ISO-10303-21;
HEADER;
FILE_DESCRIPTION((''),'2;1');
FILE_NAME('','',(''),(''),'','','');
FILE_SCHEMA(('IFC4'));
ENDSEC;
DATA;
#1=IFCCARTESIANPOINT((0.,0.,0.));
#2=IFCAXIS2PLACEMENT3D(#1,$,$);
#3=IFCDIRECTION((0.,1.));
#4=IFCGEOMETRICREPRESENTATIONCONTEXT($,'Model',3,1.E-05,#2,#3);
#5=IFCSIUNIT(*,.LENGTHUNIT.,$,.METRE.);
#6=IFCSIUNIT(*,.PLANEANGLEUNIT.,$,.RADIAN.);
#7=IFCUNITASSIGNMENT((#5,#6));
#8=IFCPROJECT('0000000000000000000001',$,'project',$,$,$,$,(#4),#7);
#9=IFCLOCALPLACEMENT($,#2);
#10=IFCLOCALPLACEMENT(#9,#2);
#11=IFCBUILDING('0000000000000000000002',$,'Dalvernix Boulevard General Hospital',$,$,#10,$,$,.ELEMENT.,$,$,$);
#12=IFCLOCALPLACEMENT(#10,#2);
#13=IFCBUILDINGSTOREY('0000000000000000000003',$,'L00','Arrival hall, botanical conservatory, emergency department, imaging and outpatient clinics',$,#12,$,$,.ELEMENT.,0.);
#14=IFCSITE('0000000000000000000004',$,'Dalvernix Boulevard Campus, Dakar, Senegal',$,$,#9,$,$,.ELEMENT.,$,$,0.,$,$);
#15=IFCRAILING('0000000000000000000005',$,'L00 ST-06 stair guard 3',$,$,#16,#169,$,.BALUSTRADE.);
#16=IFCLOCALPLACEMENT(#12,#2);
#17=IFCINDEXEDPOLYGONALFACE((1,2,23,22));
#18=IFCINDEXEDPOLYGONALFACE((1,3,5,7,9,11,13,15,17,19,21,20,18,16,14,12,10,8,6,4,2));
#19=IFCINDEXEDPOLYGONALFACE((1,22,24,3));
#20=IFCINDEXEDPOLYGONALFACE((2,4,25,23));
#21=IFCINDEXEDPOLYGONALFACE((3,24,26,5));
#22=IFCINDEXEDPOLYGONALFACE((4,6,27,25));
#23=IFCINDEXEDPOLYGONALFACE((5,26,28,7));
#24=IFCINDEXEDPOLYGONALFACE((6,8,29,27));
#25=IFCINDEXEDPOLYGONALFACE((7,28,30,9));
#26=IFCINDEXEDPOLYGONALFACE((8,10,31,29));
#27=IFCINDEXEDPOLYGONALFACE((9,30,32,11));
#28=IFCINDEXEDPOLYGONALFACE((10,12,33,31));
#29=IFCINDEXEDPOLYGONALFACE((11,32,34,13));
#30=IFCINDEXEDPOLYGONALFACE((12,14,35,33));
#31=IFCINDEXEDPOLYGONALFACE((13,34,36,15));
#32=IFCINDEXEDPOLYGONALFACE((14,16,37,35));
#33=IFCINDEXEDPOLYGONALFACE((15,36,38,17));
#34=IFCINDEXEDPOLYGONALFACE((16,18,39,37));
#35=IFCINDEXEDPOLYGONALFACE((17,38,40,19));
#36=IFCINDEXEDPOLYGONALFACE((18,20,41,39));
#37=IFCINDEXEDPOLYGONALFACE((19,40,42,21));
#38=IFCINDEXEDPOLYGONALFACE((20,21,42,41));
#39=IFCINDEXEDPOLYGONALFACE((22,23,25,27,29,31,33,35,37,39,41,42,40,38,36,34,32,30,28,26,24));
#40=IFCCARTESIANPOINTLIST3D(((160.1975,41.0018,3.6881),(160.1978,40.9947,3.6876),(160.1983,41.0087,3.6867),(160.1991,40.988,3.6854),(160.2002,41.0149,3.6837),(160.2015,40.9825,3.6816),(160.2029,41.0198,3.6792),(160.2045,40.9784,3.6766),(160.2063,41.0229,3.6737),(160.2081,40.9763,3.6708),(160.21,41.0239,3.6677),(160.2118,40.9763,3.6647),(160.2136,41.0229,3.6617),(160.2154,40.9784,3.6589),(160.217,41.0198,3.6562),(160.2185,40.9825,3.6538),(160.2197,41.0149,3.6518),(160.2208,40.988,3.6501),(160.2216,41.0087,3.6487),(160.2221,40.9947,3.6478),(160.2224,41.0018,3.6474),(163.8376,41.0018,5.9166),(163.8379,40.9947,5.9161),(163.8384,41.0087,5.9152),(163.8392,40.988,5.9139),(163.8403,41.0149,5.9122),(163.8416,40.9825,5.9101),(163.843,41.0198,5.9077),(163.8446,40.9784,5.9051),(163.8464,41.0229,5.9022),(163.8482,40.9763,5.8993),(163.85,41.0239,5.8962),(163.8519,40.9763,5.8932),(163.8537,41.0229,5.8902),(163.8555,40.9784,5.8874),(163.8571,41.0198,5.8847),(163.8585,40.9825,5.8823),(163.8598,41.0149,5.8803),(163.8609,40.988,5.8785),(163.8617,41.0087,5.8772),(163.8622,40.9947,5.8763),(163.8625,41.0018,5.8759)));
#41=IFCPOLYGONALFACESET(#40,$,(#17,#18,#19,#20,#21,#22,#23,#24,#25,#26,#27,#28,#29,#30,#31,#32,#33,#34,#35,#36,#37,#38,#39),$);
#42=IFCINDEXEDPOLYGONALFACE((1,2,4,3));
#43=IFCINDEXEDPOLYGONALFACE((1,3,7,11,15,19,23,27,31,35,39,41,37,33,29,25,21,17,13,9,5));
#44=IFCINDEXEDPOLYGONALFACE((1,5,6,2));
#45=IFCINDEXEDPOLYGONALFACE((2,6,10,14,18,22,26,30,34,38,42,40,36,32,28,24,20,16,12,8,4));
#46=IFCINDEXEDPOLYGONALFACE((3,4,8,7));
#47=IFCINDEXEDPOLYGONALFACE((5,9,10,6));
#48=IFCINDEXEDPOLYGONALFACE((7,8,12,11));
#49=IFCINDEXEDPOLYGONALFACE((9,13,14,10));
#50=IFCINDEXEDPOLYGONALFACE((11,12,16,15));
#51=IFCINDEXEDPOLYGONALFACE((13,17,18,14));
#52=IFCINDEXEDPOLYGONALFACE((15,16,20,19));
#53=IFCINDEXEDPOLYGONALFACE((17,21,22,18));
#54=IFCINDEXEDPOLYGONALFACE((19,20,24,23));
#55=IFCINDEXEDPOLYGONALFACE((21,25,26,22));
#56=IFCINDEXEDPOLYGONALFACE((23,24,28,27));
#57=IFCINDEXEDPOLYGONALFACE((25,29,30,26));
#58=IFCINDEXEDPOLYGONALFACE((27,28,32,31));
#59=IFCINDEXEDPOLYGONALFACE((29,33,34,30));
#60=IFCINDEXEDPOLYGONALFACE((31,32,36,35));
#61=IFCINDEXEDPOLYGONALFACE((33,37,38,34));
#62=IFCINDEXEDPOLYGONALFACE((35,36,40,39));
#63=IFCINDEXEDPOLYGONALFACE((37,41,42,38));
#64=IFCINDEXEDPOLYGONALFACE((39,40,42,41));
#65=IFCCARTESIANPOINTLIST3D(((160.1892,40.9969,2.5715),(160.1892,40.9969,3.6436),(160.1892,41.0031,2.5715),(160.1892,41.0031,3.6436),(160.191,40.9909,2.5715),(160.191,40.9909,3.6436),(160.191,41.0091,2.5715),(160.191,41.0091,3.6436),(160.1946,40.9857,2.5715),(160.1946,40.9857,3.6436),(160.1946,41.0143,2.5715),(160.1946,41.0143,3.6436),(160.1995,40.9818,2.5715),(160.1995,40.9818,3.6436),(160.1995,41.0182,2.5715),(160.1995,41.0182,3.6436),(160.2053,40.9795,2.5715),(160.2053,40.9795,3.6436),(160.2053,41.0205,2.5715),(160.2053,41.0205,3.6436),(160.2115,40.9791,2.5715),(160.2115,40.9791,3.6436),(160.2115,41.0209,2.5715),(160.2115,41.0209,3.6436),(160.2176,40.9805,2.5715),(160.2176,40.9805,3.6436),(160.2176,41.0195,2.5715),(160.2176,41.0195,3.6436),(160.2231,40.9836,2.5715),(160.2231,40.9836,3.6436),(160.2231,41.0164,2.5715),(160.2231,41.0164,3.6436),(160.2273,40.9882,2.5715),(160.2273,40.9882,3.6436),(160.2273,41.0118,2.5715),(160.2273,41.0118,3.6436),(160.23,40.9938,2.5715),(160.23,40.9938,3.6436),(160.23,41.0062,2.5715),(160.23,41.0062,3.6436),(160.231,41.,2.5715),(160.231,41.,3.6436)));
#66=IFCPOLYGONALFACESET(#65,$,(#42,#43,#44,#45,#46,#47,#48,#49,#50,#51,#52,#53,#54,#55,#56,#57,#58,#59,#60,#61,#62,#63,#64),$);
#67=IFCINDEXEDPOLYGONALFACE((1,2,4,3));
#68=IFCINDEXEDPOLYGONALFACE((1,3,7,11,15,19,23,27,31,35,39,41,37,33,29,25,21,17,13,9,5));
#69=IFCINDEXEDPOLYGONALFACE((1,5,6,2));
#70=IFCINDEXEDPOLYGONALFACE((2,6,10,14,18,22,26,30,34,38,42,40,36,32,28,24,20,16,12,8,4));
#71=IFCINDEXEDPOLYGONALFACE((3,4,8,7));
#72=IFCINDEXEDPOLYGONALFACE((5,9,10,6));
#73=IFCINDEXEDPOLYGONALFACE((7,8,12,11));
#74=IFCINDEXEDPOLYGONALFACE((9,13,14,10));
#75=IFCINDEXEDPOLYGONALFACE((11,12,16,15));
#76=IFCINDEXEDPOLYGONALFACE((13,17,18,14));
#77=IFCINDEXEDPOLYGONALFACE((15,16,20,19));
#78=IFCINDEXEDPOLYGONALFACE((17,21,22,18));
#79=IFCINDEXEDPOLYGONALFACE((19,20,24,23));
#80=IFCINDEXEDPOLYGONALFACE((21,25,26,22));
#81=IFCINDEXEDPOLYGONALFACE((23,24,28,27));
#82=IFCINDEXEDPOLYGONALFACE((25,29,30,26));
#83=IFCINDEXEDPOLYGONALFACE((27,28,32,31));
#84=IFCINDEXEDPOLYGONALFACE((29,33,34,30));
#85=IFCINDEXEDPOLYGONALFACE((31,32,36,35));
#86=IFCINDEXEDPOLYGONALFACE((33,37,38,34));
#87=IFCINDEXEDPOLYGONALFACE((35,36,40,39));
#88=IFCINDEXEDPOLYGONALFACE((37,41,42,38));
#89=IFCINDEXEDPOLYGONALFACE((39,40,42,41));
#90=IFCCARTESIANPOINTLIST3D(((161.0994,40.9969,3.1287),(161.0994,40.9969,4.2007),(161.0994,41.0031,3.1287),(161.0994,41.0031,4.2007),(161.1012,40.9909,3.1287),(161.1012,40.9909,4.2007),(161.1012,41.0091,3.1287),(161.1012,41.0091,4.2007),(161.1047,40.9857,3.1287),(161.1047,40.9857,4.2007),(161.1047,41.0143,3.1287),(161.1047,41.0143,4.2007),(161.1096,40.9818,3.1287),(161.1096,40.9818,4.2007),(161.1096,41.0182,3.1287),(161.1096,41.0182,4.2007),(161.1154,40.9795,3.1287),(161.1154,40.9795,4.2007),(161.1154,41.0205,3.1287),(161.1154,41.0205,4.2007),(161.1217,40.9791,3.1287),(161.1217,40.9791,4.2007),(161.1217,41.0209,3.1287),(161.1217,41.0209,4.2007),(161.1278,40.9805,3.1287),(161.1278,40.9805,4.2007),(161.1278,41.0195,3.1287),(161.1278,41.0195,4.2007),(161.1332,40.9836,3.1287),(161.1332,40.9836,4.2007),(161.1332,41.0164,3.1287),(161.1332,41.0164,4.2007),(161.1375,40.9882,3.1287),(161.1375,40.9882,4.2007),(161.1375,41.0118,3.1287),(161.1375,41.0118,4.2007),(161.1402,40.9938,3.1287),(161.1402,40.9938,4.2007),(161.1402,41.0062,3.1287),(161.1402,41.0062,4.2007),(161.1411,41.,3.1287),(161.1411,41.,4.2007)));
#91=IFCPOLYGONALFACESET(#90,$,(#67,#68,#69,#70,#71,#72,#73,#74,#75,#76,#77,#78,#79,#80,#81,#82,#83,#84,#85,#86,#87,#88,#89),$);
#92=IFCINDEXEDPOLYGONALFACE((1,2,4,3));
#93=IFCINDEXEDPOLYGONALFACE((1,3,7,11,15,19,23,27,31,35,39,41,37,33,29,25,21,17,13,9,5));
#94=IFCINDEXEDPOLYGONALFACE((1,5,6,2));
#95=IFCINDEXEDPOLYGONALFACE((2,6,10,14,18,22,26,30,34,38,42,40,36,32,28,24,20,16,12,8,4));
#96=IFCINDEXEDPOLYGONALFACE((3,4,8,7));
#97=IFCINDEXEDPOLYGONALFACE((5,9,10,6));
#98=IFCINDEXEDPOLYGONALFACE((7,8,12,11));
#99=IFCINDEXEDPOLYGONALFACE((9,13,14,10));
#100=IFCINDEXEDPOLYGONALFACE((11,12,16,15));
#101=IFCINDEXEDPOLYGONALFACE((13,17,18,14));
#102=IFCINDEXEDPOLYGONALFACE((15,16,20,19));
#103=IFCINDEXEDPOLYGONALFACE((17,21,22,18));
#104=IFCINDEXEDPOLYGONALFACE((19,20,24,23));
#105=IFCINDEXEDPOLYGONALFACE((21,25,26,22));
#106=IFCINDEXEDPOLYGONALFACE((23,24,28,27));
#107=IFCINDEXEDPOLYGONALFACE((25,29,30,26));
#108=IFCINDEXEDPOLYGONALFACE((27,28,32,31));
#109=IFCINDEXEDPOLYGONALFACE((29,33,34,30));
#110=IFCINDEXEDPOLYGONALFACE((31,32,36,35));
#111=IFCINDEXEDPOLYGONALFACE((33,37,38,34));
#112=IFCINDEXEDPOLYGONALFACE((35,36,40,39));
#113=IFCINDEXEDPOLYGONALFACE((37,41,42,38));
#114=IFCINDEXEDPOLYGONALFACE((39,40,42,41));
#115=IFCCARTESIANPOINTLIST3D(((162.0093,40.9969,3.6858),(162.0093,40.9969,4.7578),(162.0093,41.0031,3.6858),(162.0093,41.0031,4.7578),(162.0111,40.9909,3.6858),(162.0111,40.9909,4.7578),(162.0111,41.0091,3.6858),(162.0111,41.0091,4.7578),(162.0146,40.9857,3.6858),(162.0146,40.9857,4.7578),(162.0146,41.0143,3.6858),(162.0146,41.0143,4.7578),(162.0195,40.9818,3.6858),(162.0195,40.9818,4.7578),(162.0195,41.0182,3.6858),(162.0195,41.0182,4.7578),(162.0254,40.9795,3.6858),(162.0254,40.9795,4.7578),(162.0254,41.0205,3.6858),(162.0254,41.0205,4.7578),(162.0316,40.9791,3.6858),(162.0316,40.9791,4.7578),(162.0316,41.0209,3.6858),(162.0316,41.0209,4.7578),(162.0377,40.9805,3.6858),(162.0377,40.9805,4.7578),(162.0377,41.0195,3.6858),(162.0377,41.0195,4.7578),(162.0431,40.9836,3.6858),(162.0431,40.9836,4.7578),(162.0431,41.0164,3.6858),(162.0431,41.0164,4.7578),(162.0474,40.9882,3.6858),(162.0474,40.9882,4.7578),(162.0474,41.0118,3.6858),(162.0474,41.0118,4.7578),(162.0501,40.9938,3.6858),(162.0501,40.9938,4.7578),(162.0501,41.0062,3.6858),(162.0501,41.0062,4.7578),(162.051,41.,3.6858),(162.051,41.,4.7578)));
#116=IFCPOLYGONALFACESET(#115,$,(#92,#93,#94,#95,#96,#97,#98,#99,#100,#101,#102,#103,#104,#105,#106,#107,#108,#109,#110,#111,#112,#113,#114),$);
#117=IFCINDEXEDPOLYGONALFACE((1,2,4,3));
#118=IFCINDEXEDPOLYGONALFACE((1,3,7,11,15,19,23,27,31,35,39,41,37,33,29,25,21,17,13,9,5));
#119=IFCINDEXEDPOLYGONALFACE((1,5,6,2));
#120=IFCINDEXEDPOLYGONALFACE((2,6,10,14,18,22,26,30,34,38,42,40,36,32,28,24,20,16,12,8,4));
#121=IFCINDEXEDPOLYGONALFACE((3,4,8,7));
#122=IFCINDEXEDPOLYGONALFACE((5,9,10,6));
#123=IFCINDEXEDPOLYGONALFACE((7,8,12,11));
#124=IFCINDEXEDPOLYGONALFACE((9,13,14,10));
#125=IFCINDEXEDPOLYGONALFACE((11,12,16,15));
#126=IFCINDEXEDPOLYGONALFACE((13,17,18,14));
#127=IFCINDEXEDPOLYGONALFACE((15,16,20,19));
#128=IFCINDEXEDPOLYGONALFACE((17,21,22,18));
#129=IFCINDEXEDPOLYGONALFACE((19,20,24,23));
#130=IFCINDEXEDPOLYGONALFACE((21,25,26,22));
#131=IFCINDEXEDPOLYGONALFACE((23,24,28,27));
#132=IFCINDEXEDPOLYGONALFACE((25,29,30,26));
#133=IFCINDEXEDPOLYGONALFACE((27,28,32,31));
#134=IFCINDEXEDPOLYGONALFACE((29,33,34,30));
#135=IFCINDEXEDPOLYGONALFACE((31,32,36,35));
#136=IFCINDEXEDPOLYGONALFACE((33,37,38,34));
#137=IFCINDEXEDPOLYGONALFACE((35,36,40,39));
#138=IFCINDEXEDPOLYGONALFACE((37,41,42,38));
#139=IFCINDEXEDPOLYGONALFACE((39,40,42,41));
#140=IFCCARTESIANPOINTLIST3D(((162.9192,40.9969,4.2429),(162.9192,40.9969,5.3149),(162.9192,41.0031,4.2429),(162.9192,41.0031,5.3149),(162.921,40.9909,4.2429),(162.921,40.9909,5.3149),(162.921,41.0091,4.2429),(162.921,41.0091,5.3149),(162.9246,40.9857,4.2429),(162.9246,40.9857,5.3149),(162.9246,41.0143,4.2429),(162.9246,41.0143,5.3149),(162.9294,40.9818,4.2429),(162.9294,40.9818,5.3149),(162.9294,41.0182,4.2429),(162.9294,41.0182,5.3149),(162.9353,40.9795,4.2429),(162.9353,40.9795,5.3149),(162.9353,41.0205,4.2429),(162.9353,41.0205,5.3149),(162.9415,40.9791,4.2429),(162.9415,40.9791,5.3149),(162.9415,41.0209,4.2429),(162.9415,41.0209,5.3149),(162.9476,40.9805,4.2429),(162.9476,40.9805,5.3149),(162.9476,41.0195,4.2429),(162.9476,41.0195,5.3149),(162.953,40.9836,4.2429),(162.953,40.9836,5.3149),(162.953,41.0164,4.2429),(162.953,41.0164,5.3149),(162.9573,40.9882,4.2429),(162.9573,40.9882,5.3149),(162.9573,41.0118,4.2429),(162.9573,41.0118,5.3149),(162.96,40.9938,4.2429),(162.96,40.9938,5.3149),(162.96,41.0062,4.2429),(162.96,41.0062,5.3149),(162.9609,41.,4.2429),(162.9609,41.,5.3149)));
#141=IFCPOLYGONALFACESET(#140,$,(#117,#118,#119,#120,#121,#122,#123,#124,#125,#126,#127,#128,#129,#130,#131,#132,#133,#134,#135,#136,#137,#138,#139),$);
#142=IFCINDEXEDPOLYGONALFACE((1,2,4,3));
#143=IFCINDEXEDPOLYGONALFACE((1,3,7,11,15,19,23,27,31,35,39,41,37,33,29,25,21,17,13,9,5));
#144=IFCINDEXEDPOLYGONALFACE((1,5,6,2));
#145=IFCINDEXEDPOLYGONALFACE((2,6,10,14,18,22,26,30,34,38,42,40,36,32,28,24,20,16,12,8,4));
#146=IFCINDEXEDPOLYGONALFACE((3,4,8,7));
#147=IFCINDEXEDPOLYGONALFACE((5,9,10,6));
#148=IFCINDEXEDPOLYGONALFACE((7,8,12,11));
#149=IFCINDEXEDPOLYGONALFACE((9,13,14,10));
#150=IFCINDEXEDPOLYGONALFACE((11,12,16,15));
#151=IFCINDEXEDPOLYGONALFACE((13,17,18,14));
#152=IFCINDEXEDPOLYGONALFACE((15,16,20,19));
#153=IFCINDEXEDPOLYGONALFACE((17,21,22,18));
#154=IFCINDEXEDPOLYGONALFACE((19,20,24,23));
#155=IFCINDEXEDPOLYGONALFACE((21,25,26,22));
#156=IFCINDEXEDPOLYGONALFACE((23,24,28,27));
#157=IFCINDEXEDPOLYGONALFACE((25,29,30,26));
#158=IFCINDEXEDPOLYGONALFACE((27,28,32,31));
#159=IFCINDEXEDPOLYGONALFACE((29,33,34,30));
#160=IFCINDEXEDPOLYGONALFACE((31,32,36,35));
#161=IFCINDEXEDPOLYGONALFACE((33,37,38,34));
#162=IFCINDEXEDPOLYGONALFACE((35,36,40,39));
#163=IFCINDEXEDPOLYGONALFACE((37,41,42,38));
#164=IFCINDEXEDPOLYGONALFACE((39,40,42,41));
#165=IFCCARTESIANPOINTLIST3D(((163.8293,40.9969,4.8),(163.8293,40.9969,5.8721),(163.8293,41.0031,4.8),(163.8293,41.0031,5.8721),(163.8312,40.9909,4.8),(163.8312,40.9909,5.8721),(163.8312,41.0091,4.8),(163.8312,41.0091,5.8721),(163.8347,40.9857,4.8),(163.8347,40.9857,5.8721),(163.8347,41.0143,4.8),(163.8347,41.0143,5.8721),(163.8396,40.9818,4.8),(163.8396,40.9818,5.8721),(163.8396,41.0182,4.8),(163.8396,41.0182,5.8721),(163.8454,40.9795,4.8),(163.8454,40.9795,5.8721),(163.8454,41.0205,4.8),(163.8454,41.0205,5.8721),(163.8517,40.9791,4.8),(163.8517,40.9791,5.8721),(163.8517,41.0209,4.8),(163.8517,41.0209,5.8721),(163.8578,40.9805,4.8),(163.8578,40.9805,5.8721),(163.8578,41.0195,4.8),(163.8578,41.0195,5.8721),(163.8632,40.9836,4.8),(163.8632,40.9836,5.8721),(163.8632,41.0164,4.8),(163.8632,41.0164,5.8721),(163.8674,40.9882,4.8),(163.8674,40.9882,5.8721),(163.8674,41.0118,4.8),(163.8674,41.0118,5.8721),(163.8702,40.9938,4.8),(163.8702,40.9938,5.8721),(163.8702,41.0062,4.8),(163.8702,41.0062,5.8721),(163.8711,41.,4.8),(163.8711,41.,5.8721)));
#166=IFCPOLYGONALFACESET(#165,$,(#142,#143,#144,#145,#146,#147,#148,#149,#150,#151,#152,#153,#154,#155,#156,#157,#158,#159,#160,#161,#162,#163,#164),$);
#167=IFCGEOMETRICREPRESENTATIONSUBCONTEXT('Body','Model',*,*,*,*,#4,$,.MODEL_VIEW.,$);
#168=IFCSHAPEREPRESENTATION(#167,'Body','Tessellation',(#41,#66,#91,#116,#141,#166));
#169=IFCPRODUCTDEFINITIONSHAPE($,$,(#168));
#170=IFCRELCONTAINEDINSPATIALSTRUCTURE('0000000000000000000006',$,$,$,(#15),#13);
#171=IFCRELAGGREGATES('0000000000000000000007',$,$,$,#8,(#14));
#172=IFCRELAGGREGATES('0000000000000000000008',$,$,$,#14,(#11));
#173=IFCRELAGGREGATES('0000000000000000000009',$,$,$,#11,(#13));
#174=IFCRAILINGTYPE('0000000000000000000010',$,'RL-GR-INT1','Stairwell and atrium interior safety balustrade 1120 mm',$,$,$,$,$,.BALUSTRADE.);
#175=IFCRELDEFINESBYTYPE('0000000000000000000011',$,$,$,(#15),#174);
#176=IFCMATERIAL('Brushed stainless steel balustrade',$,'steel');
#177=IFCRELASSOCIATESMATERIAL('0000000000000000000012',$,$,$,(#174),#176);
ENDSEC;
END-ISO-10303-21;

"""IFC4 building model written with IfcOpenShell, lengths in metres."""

from ifc_helpers import new_model, si_unit, direction, frame, origin, origin_2d, place, context, subcontext, project, spatial, circle, extrude, material, type_object, element, save


model = new_model("IFC4")

# Units and contexts
model_context = context("Model", 3, precision=1e-05, world=origin(), true_north=direction((0.0, 1.0)))
body_context = subcontext(model_context, "Body", "Model", "MODEL_VIEW")
ifc_project = project(units=[si_unit("LENGTHUNIT", "METRE"), si_unit("PLANEANGLEUNIT", "RADIAN")], contexts=[model_context])

# Site, building, storey
site_placement = place(None, origin())
site = spatial("IfcSite", under=ifc_project, at=site_placement, Name="Dalvernix Boulevard Campus, Dakar, Senegal", CompositionType="ELEMENT", RefElevation=0.0)
building_placement = place(site_placement, origin())
building = spatial("IfcBuilding", under=site, at=building_placement, Name="Dalvernix Boulevard General Hospital", CompositionType="ELEMENT")
storey_placement = place(building_placement, origin())
storey = spatial("IfcBuildingStorey", under=building, at=storey_placement, Name="L00", Description="Arrival hall, botanical conservatory, emergency department, imaging and outpatient clinics", CompositionType="ELEMENT", Elevation=0.0)

# Railing
ifc_material_1 = material(Name="Brushed stainless steel balustrade", Category="steel")
railing_type_1 = type_object("IfcRailingType", Name="RL-GR-INT1", Description="Stairwell and atrium interior safety balustrade 1120 mm", PredefinedType="BALUSTRADE", material=ifc_material_1)
railing_1_placement = place(storey_placement, frame((160.21, 41.0, 2.5715)))
element("IfcRailing", 1, at=railing_1_placement, inside=storey, type_object=railing_type_1, Name="L00 ST-06 stair guard 3", PredefinedType="BALUSTRADE", context=body_context, shape_type="SweptSolid", body=[
    extrude(circle(Radius=0.0239, at=origin_2d()), frame((0.0, 0.0, 1.0962), z_axis=(0.852866, 0.0, 0.52213), x_axis=(0.0, 1.0, 0.0)), (0.0, 0.0, 1.0), 4.2681),
    extrude(circle(Radius=0.021, at=origin_2d()), origin(), (0.0, 0.0, 1.0), 1.072),
    extrude(circle(Radius=0.021, at=origin_2d()), frame((0.9102, 0.0, 0.5571)), (0.0, 0.0, 1.0), 1.072),
    extrude(circle(Radius=0.021, at=origin_2d()), frame((1.8201, 0.0, 1.1143)), (0.0, 0.0, 1.0), 1.072),
    extrude(circle(Radius=0.021, at=origin_2d()), frame((2.73, 0.0, 1.6714)), (0.0, 0.0, 1.0), 1.072),
    extrude(circle(Radius=0.021, at=origin_2d()), frame((3.6401, 0.0, 2.2285)), (0.0, 0.0, 1.0), 1.072),
])

save(model, "model.ifc")
